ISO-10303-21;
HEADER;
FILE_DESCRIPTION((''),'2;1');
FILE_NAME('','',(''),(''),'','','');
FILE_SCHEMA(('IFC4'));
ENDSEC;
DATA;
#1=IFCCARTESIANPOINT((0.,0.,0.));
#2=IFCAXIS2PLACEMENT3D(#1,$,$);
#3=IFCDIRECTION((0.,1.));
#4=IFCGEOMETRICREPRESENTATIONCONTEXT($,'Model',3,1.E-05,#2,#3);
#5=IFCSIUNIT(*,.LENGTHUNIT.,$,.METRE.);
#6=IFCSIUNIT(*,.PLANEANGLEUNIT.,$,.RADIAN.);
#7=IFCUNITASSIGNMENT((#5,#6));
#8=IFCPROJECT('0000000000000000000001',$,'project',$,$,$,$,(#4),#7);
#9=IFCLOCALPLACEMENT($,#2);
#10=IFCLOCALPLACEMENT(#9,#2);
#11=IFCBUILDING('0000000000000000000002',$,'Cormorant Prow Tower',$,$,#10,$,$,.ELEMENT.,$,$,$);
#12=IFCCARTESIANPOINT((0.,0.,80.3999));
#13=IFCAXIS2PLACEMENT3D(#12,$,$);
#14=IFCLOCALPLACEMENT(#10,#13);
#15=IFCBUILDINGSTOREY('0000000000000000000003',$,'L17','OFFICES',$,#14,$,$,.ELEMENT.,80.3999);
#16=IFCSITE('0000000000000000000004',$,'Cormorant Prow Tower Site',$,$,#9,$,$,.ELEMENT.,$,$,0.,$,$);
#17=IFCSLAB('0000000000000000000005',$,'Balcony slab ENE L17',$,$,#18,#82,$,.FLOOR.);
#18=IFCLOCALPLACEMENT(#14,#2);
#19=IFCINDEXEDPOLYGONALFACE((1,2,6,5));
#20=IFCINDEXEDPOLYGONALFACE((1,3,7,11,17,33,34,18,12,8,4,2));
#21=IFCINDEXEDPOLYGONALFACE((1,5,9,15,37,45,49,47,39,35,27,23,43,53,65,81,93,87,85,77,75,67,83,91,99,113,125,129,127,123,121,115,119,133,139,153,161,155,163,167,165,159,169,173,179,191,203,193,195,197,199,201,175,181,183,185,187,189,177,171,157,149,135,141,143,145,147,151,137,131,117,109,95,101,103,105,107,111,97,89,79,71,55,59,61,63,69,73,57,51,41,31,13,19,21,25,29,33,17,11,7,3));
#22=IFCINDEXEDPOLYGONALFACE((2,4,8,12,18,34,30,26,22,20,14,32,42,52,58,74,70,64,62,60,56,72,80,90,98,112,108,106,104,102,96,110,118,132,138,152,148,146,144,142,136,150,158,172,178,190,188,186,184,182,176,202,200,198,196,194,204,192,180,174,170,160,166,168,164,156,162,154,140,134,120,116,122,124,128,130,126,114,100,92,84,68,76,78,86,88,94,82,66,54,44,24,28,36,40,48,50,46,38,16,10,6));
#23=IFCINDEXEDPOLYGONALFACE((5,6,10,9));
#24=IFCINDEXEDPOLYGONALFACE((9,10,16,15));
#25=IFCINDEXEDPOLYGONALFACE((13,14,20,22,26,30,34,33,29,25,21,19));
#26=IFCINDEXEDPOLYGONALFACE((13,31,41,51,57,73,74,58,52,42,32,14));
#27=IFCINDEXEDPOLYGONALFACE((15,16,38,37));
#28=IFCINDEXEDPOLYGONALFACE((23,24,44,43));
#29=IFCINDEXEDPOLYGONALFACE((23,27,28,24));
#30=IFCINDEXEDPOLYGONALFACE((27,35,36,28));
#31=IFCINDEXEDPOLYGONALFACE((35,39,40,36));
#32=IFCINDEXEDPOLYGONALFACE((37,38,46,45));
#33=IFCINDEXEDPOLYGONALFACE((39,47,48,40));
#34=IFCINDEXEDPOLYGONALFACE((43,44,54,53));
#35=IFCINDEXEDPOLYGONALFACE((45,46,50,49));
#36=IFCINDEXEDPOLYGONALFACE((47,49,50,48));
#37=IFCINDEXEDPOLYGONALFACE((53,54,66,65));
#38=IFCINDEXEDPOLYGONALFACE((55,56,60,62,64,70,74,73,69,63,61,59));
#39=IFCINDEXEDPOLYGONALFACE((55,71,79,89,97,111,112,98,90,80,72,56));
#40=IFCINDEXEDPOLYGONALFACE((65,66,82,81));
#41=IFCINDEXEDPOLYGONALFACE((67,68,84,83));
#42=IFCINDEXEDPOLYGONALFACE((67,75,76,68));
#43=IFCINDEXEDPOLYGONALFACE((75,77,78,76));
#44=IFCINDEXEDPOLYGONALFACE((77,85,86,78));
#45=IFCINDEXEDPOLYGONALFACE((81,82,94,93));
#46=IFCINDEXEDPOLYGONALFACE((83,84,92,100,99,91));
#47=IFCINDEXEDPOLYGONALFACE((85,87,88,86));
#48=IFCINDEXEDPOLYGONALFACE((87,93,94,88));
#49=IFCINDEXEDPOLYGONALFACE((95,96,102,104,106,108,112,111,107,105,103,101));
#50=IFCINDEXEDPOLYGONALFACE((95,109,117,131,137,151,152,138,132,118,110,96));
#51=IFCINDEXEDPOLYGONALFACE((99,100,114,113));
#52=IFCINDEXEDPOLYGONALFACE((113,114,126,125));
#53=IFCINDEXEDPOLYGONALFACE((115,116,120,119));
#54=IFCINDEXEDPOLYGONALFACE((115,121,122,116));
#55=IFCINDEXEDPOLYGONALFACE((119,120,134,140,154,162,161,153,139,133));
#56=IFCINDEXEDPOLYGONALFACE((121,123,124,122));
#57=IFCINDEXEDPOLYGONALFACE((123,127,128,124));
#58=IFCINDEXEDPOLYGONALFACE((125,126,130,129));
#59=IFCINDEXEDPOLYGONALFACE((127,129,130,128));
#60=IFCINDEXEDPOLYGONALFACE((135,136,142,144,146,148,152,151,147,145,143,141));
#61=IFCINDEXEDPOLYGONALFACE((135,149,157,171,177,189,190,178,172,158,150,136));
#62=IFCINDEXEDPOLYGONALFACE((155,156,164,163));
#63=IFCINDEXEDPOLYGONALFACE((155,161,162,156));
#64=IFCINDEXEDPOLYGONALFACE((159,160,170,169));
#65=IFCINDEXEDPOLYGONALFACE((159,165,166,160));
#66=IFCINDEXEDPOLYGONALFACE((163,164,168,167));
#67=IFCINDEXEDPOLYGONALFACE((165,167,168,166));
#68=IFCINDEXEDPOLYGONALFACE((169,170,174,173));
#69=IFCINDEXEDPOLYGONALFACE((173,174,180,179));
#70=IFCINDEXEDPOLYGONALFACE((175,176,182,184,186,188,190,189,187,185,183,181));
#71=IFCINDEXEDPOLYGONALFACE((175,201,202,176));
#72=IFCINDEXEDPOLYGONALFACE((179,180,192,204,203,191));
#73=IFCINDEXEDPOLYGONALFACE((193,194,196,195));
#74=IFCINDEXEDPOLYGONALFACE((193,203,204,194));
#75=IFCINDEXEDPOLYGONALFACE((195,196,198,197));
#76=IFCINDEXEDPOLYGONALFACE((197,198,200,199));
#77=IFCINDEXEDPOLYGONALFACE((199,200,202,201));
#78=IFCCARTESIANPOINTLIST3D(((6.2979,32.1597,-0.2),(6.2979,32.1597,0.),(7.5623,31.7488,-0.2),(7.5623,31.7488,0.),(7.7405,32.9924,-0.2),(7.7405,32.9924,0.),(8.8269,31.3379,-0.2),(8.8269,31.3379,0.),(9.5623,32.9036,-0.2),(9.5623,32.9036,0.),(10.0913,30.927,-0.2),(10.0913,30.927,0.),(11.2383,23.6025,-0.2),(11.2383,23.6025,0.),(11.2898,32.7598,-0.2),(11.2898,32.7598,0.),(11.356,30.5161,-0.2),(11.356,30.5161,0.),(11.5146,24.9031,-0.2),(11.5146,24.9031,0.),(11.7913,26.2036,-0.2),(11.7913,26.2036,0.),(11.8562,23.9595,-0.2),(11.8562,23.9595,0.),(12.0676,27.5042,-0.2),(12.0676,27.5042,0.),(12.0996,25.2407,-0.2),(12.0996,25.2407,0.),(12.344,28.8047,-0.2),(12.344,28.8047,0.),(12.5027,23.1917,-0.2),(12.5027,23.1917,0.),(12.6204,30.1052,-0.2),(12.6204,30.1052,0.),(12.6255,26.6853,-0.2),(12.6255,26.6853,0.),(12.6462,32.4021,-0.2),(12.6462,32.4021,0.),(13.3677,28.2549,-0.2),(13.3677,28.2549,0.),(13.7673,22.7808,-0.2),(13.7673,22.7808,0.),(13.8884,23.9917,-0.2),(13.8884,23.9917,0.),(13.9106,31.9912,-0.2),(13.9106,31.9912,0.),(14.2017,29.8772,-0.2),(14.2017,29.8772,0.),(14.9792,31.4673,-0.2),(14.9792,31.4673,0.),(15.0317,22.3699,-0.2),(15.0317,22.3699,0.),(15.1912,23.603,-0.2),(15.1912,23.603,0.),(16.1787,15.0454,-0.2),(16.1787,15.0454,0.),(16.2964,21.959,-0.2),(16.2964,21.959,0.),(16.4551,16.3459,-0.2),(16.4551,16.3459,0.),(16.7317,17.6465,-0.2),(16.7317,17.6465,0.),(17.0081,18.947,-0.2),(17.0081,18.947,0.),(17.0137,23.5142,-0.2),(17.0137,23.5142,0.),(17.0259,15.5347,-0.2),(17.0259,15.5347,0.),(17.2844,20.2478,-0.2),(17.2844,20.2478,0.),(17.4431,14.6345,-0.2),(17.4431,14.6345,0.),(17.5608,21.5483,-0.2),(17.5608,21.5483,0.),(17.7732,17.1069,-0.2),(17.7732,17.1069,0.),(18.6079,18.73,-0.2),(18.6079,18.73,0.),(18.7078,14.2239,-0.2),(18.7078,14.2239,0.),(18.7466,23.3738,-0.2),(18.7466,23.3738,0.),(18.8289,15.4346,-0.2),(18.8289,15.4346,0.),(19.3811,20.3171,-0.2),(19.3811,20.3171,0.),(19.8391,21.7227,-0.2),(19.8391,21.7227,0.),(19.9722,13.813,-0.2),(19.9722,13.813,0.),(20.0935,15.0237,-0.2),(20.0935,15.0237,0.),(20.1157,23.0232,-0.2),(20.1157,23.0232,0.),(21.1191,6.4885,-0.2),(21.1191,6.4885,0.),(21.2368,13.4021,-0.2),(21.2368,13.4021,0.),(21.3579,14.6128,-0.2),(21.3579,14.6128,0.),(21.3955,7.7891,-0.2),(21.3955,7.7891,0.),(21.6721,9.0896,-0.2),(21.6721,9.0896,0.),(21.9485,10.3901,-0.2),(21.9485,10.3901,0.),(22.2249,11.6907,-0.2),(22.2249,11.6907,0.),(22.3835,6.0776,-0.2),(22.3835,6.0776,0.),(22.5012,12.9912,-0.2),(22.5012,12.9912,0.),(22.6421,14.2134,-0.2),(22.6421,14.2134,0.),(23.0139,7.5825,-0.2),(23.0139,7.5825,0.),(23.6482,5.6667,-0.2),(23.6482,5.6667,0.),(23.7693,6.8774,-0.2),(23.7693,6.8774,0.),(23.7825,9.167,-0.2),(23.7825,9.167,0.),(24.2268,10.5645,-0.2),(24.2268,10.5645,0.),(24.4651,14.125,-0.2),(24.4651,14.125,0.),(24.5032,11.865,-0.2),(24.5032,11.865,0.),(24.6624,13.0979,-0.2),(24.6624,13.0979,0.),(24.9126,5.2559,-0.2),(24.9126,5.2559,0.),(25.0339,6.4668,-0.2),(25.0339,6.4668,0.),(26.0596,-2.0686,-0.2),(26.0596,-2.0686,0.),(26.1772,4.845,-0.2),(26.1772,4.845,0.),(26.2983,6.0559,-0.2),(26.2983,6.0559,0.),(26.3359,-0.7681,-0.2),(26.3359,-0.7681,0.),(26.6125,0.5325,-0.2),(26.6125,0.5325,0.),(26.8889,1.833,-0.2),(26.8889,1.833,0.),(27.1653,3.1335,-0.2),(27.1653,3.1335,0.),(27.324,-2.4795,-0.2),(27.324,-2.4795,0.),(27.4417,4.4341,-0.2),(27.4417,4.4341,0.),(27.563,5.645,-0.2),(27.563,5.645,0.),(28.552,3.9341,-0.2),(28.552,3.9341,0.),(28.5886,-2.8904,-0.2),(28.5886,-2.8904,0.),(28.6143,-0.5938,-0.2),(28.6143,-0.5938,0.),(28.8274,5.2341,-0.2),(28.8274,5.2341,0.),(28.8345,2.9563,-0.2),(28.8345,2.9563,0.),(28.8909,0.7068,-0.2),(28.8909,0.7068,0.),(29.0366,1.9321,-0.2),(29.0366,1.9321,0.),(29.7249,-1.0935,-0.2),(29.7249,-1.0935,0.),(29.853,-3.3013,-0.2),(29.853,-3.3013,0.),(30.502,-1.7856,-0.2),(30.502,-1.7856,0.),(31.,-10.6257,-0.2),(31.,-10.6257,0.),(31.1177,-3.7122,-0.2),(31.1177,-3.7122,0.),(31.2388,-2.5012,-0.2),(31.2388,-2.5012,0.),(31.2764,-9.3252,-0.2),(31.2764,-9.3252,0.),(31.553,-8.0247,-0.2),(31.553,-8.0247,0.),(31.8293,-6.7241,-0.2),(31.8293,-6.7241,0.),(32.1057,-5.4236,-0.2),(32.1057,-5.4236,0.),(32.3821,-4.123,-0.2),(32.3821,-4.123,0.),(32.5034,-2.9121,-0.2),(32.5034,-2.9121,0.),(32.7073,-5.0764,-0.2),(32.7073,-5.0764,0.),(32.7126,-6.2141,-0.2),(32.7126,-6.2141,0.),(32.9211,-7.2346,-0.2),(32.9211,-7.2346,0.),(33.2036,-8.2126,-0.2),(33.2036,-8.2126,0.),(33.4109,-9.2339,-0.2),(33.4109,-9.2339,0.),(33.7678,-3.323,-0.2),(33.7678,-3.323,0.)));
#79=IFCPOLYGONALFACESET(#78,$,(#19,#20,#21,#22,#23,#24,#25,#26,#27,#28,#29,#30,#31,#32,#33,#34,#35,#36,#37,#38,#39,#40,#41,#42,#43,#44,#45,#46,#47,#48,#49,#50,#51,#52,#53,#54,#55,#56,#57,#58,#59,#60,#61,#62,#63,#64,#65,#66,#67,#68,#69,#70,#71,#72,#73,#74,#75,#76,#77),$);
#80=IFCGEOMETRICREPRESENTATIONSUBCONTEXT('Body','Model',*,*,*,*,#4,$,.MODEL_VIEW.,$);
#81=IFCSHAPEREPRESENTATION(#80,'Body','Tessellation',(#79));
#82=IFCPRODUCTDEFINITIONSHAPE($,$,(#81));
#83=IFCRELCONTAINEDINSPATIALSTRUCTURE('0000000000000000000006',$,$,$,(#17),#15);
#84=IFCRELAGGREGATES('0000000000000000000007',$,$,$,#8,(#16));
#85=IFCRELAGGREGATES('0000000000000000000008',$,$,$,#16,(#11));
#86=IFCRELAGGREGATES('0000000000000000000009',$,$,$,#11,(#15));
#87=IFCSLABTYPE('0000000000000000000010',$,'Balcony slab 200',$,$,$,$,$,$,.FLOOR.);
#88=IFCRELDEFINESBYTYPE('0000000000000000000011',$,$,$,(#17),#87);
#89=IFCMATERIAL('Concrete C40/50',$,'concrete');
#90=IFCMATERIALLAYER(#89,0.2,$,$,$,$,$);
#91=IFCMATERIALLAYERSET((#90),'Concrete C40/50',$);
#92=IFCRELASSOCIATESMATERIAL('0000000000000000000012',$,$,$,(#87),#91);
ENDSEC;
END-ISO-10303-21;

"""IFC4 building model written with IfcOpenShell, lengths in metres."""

from ifc_helpers import new_model, si_unit, direction, frame, origin, place, context, subcontext, project, spatial, polyline, outline, extrude, material, layer, layer_set, type_object, element, save


model = new_model("IFC4")

# Units and contexts
model_context = context("Model", 3, precision=1e-05, world=origin(), true_north=direction((0.0, 1.0)))
body_context = subcontext(model_context, "Body", "Model", "MODEL_VIEW")
ifc_project = project(units=[si_unit("LENGTHUNIT", "METRE"), si_unit("PLANEANGLEUNIT", "RADIAN")], contexts=[model_context])

# Site, building, storey
site_placement = place(None, origin())
site = spatial("IfcSite", under=ifc_project, at=site_placement, Name="Cormorant Prow Tower Site", CompositionType="ELEMENT", RefElevation=0.0)
building_placement = place(site_placement, origin())
building = spatial("IfcBuilding", under=site, at=building_placement, Name="Cormorant Prow Tower", CompositionType="ELEMENT")
storey_placement = place(building_placement, frame((0.0, 0.0, 80.3999)))
storey = spatial("IfcBuildingStorey", under=building, at=storey_placement, Name="L17", Description="OFFICES", CompositionType="ELEMENT", Elevation=80.3999)

# Slab
ifc_material_1 = material(Name="Concrete C40/50", Category="concrete")
ifc_layer_1 = layer(ifc_material_1, 0.2)
ifc_layer_set_1 = layer_set([ifc_layer_1], Name="Concrete C40/50")
slab_type_1 = type_object("IfcSlabType", Name="Balcony slab 200", PredefinedType="FLOOR", material=ifc_layer_set_1)
slab_1_placement = place(storey_placement, frame((0.0, 0.0, -0.2)))
element("IfcSlab", 1, at=slab_1_placement, inside=storey, type_object=slab_type_1, Name="Balcony slab ENE L17", PredefinedType="FLOOR", context=body_context, shape_type="SweptSolid", body=[
    extrude(outline(polyline([(31.0, -10.6257), (33.4109, -9.2339), (33.2036, -8.2126), (32.9211, -7.2346), (32.7126, -6.2141), (32.7073, -5.0764), (33.7678, -3.323), (32.5034, -2.9121), (31.2388, -2.5012), (30.502, -1.7856), (29.7249, -1.0935), (28.6143, -0.5938), (28.8909, 0.7068), (29.0366, 1.9321), (28.8345, 2.9563), (28.552, 3.9341), (28.8274, 5.2341), (27.563, 5.645), (26.2983, 6.0559), (25.0339, 6.4668), (23.7693, 6.8774), (23.0139, 7.5825), (23.7825, 9.167), (24.2268, 10.5645), (24.5032, 11.865), (24.6624, 13.0979), (24.4651, 14.125), (22.6421, 14.2134), (21.3579, 14.6128), (20.0935, 15.0237), (18.8289, 15.4346), (17.0259, 15.5347), (17.7732, 17.1069), (18.6079, 18.73), (19.3811, 20.3171), (19.8391, 21.7227), (20.1157, 23.0232), (18.7466, 23.3738), (17.0137, 23.5142), (15.1912, 23.603), (13.8884, 23.9917), (11.8562, 23.9595), (12.0996, 25.2407), (12.6255, 26.6853), (13.3677, 28.2549), (14.2017, 29.8772), (14.9792, 31.4673), (13.9106, 31.9912), (12.6462, 32.4021), (11.2898, 32.7598), (9.5623, 32.9036), (7.7405, 32.9924), (6.2979, 32.1597), (7.5623, 31.7488), (8.8269, 31.3379), (10.0913, 30.927), (11.356, 30.5161), (12.6204, 30.1052), (12.344, 28.8047), (12.0676, 27.5042), (11.7913, 26.2036), (11.5146, 24.9031), (11.2383, 23.6025), (12.5027, 23.1917), (13.7673, 22.7808), (15.0317, 22.3699), (16.2964, 21.959), (17.5608, 21.5483), (17.2844, 20.2478), (17.0081, 18.947), (16.7317, 17.6465), (16.4551, 16.3459), (16.1787, 15.0454), (17.4431, 14.6345), (18.7078, 14.2239), (19.9722, 13.813), (21.2368, 13.4021), (22.5012, 12.9912), (22.2249, 11.6907), (21.9485, 10.3901), (21.6721, 9.0896), (21.3955, 7.7891), (21.1191, 6.4885), (22.3835, 6.0776), (23.6482, 5.6667), (24.9126, 5.2559), (26.1772, 4.845), (27.4417, 4.4341), (27.1653, 3.1335), (26.8889, 1.833), (26.6125, 0.5325), (26.3359, -0.7681), (26.0596, -2.0686), (27.324, -2.4795), (28.5886, -2.8904), (29.853, -3.3013), (31.1177, -3.7122), (32.3821, -4.123), (32.1057, -5.4236), (31.8293, -6.7241), (31.553, -8.0247), (31.2764, -9.3252), (31.0, -10.6257)])), origin(), (0.0, 0.0, 1.0), 0.2),
])

save(model, "model.ifc")
